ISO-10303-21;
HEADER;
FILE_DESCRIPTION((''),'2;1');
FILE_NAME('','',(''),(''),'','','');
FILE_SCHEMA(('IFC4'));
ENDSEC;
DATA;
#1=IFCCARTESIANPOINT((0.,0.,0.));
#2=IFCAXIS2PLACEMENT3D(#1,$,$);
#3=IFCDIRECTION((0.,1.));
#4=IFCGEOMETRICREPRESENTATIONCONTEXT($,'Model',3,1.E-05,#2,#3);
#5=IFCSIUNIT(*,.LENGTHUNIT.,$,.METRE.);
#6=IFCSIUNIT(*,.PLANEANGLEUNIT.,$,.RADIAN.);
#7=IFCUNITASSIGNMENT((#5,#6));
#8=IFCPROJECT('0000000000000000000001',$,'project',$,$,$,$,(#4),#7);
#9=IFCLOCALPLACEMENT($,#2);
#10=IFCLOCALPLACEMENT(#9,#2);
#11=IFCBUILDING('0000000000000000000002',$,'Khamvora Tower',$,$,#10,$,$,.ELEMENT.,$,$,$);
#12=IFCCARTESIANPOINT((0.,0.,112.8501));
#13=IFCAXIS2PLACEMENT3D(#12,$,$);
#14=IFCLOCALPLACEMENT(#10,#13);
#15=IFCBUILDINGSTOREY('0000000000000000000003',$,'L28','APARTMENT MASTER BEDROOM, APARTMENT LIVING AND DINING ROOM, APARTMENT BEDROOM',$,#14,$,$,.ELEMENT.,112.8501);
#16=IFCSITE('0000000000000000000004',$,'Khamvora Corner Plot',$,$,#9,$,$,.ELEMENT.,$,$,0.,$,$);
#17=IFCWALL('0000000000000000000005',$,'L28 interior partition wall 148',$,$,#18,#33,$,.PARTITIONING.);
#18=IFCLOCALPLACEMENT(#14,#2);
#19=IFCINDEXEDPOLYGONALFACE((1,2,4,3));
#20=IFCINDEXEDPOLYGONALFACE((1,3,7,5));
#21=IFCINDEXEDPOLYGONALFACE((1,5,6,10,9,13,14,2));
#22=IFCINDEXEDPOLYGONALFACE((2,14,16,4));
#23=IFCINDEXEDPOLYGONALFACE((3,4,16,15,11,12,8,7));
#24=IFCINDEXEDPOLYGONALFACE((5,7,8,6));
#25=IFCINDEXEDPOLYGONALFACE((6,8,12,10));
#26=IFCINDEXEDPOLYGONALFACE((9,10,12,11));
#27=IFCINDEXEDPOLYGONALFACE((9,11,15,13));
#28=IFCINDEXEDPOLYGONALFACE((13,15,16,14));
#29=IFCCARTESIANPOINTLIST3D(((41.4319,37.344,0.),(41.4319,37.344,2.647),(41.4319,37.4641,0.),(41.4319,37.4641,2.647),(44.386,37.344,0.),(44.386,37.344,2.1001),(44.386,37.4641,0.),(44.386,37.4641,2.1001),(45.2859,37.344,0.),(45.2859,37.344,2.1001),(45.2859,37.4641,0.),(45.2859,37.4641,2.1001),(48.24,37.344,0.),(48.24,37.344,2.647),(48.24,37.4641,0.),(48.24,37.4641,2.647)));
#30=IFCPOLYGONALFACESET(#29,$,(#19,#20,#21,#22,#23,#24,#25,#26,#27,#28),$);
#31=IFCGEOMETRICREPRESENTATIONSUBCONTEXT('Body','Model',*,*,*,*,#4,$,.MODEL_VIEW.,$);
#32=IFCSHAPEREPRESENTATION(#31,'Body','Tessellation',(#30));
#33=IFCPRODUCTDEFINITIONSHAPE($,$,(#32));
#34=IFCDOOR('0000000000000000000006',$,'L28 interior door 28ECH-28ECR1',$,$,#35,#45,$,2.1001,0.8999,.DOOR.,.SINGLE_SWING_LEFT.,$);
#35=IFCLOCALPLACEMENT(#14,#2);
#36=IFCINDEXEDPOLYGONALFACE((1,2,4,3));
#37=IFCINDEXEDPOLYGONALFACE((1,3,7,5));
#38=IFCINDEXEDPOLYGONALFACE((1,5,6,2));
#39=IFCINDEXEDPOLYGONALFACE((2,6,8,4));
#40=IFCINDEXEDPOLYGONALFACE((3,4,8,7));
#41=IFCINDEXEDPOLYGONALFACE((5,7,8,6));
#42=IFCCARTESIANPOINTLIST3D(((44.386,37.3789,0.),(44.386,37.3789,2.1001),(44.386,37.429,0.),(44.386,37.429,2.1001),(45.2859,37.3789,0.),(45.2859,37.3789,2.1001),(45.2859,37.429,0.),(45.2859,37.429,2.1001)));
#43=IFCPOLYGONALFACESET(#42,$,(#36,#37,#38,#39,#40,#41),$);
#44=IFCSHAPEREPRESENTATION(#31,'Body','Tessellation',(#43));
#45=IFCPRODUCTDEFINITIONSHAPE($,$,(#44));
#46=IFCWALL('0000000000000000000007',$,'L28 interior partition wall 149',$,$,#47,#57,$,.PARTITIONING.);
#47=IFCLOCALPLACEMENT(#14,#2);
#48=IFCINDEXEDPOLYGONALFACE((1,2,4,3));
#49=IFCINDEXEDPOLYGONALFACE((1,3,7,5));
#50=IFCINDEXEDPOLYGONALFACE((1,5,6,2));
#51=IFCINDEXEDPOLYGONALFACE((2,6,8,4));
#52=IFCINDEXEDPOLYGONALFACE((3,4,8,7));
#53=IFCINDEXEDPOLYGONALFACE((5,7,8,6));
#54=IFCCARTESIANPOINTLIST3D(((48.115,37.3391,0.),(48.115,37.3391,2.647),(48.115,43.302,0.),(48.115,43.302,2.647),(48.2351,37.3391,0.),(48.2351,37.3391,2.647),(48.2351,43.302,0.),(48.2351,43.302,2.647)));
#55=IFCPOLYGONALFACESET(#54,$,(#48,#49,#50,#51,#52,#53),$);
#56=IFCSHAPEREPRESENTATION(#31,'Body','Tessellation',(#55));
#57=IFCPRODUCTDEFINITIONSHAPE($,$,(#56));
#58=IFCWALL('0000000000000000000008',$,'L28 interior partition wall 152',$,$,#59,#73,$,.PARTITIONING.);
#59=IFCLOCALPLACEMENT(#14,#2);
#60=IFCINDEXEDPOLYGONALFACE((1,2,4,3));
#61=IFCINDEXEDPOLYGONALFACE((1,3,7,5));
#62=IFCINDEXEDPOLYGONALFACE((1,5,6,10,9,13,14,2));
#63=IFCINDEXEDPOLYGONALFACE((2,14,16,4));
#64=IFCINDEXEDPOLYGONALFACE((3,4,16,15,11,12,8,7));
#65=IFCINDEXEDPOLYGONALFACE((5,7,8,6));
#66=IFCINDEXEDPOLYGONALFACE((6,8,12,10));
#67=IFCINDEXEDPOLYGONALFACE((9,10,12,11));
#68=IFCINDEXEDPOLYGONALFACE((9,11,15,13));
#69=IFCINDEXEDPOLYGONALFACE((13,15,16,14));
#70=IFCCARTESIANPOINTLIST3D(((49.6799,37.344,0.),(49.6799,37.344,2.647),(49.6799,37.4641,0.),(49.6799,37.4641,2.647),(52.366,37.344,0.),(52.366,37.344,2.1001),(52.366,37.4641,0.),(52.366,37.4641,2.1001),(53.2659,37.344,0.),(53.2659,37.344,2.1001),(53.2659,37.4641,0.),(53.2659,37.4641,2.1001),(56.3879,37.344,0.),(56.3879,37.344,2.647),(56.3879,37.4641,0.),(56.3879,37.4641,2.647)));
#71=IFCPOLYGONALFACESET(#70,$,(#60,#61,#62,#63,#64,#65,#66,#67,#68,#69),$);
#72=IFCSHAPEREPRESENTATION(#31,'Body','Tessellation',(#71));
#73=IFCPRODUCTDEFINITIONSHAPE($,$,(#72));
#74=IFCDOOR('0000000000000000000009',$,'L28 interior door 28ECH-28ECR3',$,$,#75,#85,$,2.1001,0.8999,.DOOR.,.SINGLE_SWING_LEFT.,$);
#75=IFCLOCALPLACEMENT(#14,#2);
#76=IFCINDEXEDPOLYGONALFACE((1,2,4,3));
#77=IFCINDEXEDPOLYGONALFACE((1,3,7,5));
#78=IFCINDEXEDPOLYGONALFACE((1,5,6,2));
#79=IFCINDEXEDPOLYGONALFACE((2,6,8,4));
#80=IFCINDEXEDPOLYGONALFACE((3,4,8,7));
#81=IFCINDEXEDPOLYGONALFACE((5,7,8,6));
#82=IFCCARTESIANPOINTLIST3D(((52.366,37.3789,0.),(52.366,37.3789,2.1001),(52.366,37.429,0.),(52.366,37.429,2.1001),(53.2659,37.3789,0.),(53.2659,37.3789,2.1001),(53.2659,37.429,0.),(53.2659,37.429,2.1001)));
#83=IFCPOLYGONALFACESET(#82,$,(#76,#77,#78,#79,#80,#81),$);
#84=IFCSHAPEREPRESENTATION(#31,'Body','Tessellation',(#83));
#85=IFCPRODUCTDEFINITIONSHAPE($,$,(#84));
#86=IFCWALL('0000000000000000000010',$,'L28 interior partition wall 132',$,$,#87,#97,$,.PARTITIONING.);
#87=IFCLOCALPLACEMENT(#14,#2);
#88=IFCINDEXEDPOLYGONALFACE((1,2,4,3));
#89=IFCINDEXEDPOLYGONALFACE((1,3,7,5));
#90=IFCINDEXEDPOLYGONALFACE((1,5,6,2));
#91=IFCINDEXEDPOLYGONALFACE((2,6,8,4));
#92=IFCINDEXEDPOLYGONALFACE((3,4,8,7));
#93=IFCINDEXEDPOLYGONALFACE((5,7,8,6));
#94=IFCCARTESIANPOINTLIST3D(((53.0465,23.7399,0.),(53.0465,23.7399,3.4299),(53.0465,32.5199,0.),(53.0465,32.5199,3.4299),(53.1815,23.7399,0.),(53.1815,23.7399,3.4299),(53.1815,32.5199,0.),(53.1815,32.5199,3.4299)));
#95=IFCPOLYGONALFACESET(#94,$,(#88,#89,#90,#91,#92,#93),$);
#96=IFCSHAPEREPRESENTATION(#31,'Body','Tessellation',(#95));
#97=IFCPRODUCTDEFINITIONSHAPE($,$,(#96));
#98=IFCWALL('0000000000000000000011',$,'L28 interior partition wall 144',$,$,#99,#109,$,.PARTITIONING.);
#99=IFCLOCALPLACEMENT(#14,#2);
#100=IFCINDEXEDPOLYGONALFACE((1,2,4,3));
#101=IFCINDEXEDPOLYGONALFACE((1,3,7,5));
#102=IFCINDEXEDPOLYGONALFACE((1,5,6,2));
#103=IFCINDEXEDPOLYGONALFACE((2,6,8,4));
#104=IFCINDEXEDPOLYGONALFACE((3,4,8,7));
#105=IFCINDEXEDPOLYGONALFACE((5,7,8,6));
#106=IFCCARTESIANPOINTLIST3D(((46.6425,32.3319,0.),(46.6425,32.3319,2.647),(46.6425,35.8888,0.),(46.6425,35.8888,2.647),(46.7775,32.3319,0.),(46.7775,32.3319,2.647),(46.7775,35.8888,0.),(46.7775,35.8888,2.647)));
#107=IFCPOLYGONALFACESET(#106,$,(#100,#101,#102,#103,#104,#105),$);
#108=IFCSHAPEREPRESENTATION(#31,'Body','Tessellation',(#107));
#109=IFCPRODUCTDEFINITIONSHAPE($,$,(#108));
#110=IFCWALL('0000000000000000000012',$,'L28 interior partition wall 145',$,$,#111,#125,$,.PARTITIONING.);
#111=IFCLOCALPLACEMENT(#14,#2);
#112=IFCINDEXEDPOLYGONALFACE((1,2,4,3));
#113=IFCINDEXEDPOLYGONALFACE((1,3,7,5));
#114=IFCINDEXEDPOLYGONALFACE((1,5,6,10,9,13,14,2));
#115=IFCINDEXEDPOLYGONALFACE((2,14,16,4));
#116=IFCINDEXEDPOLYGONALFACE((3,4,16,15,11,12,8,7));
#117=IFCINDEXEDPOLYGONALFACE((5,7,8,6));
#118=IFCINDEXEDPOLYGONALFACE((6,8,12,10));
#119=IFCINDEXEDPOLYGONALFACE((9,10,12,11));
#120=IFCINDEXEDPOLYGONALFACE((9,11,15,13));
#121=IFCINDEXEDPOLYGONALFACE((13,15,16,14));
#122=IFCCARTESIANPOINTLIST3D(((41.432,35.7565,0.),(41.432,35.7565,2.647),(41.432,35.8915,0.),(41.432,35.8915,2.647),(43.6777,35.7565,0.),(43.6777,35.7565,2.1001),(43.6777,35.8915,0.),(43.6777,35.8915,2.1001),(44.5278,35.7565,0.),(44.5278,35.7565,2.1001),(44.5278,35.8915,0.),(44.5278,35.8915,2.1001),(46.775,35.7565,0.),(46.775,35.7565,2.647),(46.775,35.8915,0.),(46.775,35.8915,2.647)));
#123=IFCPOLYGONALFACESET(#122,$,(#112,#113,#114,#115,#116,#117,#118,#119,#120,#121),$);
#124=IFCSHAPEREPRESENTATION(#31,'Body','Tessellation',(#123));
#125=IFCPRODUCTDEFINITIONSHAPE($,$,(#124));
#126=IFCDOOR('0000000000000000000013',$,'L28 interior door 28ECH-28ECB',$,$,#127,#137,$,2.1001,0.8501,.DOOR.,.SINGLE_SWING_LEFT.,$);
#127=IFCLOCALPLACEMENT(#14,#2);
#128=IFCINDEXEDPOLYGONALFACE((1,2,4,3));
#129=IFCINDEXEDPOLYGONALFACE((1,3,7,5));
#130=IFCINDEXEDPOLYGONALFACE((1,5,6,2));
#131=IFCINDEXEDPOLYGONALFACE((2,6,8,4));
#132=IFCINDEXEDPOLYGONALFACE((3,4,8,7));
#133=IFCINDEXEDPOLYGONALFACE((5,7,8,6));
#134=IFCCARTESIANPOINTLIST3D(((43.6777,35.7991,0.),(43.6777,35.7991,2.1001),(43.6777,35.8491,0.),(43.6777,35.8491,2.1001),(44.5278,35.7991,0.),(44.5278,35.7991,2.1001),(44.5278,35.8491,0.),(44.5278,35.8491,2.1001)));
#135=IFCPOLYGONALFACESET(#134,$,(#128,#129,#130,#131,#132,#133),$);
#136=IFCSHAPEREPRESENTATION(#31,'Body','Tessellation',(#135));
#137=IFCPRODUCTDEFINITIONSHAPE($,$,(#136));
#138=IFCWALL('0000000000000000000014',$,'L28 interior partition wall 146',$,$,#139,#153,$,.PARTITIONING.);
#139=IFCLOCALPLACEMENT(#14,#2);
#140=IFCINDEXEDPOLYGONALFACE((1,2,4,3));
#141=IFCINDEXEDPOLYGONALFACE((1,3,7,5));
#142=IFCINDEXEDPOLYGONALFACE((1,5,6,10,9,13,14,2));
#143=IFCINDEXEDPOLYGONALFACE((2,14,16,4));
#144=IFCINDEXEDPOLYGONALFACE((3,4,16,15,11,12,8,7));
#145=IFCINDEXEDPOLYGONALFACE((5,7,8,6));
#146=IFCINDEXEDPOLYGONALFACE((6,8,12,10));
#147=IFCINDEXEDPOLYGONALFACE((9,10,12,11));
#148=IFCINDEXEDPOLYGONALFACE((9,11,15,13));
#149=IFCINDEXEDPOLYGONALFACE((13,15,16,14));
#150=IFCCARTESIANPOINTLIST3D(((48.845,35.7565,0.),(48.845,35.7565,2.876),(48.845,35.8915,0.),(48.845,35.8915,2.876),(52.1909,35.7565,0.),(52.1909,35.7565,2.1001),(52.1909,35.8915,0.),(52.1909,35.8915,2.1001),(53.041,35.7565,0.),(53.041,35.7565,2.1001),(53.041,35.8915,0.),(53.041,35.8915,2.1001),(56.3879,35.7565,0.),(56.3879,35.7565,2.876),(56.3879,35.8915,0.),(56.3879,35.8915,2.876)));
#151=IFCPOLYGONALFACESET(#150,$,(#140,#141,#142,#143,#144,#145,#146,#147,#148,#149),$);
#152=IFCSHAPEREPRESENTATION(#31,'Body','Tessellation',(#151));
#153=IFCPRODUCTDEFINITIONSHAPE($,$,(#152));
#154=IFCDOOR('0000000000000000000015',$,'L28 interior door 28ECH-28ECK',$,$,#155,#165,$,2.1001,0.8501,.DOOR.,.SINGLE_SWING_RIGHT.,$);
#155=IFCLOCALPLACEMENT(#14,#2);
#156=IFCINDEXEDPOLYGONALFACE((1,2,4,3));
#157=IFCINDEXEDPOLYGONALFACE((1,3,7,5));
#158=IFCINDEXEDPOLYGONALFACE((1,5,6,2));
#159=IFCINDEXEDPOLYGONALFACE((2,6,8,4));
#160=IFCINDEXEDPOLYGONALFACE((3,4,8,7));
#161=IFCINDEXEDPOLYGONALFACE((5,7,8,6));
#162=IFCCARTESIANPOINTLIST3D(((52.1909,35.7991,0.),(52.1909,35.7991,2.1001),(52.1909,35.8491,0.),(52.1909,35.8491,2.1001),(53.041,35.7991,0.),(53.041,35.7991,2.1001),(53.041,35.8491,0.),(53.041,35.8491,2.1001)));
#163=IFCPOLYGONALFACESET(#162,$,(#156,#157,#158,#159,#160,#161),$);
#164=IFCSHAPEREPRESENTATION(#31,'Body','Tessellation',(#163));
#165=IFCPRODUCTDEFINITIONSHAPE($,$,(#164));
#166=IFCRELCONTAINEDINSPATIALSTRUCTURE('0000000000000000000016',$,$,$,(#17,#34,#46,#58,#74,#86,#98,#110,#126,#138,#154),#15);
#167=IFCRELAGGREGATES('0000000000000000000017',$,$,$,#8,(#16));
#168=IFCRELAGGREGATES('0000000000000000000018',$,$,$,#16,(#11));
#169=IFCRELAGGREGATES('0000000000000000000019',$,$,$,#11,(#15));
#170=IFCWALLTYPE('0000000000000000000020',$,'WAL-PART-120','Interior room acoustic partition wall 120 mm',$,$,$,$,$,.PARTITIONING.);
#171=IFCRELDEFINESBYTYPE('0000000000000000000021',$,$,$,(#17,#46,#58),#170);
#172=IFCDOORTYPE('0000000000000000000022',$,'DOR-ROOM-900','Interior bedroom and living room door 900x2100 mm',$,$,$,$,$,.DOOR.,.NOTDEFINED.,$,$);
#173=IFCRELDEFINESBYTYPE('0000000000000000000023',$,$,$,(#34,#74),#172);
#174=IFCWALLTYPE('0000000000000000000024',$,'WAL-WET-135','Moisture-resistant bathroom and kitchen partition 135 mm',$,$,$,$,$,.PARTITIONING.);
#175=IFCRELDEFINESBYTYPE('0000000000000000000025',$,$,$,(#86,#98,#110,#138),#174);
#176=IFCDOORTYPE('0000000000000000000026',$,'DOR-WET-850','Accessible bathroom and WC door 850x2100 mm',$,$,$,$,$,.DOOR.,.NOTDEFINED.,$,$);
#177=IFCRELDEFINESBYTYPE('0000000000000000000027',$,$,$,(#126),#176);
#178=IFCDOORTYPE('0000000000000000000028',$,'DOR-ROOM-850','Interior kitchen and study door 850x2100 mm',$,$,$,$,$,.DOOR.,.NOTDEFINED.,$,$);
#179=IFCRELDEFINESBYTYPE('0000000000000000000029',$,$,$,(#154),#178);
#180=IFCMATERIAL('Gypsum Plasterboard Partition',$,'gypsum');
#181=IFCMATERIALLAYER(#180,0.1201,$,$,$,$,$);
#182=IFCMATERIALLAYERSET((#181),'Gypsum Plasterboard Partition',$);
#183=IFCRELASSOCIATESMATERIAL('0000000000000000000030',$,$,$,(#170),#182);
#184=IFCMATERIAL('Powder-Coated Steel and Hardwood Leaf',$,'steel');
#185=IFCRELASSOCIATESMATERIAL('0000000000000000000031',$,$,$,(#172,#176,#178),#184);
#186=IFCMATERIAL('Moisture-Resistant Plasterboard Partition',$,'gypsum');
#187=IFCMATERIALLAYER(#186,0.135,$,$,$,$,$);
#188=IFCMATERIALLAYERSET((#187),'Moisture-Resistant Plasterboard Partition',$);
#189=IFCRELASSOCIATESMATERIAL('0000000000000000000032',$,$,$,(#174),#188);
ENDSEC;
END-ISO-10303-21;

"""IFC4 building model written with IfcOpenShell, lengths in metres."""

from ifc_helpers import new_model, si_unit, direction, frame, frame_2d, origin, place, context, subcontext, project, spatial, rectangle, extrude, material, layer, layer_set, type_object, element, fill, save


model = new_model("IFC4")

# Units and contexts
model_context = context("Model", 3, precision=1e-05, world=origin(), true_north=direction((0.0, 1.0)))
body_context = subcontext(model_context, "Body", "Model", "MODEL_VIEW")
ifc_project = project(units=[si_unit("LENGTHUNIT", "METRE"), si_unit("PLANEANGLEUNIT", "RADIAN")], contexts=[model_context])

# Site, building, storey
site_placement = place(None, origin())
site = spatial("IfcSite", under=ifc_project, at=site_placement, Name="Khamvora Corner Plot", CompositionType="ELEMENT", RefElevation=0.0)
building_placement = place(site_placement, origin())
building = spatial("IfcBuilding", under=site, at=building_placement, Name="Khamvora Tower", CompositionType="ELEMENT")
storey_placement = place(building_placement, frame((0.0, 0.0, 112.8501)))
storey = spatial("IfcBuildingStorey", under=building, at=storey_placement, Name="L28", Description="APARTMENT MASTER BEDROOM, APARTMENT LIVING AND DINING ROOM, APARTMENT BEDROOM", CompositionType="ELEMENT", Elevation=112.8501)

# Shared definitions
ifc_material_1 = material(Name="Powder-Coated Steel and Hardwood Leaf", Category="steel")

# Wall, opening, door
ifc_material_2 = material(Name="Gypsum Plasterboard Partition", Category="gypsum")
ifc_layer_1 = layer(ifc_material_2, 0.1201)
ifc_layer_set_1 = layer_set([ifc_layer_1], Name="Gypsum Plasterboard Partition")
wall_type_1 = type_object("IfcWallType", Name="WAL-PART-120", Description="Interior room acoustic partition wall 120 mm", PredefinedType="PARTITIONING", material=ifc_layer_set_1)
wall_1_placement = place(storey_placement, frame((41.4319, 37.4041, 0.0), z_axis=(0.0, 0.0, 1.0), x_axis=(1.0, 0.0, 0.0)))
wall_1 = element("IfcWall", 1, at=wall_1_placement, inside=storey, type_object=wall_type_1, Name="L28 interior partition wall 148", PredefinedType="PARTITIONING", context=body_context, shape_type="SweptSolid", body=[
    extrude(rectangle(XDim=6.8081, YDim=0.1201, at=frame_2d((3.4041, 0.0))), origin(), (0.0, 0.0, 1.0), 2.647),
])
opening_1_placement = place(wall_1_placement, frame((2.9541, 0.0, 0.0)))
opening_1 = element("IfcOpeningElement", 2, at=opening_1_placement, cuts=wall_1, PredefinedType="OPENING", context=body_context, shape_type="SweptSolid", body=[
    extrude(rectangle(XDim=0.8999, YDim=2.1001, at=frame_2d((0.45, 1.05))), frame((0.0, 0.0701, 0.0), z_axis=(0.0, -1.0, 0.0), x_axis=(1.0, 0.0, 0.0)), (0.0, 0.0, 1.0), 0.1401),
])
door_type_1 = type_object("IfcDoorType", Name="DOR-ROOM-900", Description="Interior bedroom and living room door 900x2100 mm", OperationType="NOTDEFINED", PredefinedType="DOOR", material=ifc_material_1)
door_1_placement = place(opening_1_placement, origin())
door_1 = element("IfcDoor", 3, at=door_1_placement, inside=storey, type_object=door_type_1, Name="L28 interior door 28ECH-28ECR1", OperationType="SINGLE_SWING_LEFT", OverallHeight=2.1001, OverallWidth=0.8999, PredefinedType="DOOR", context=body_context, shape_type="SweptSolid", body=[
    extrude(rectangle(XDim=0.8999, YDim=2.1001, at=frame_2d((0.45, 1.05))), frame((0.0, 0.0249, 0.0), z_axis=(0.0, -1.0, 0.0), x_axis=(1.0, 0.0, 0.0)), (0.0, 0.0, 1.0), 0.05),
])
fill(opening_1, door_1)

# Wall
wall_2_placement = place(storey_placement, frame((48.175, 37.3391, 0.0), z_axis=(0.0, 0.0, 1.0), x_axis=(0.0, 1.0, 0.0)))
element("IfcWall", 4, at=wall_2_placement, inside=storey, type_object=wall_type_1, Name="L28 interior partition wall 149", PredefinedType="PARTITIONING", context=body_context, shape_type="SweptSolid", body=[
    extrude(rectangle(XDim=5.9629, YDim=0.1201, at=frame_2d((2.9814, 0.0))), origin(), (0.0, 0.0, 1.0), 2.647),
])

# Wall, opening, door
wall_3_placement = place(storey_placement, frame((49.6799, 37.4041, 0.0), z_axis=(0.0, 0.0, 1.0), x_axis=(1.0, 0.0, 0.0)))
wall_3 = element("IfcWall", 5, at=wall_3_placement, inside=storey, type_object=wall_type_1, Name="L28 interior partition wall 152", PredefinedType="PARTITIONING", context=body_context, shape_type="SweptSolid", body=[
    extrude(rectangle(XDim=6.708, YDim=0.1201, at=frame_2d((3.354, 0.0))), origin(), (0.0, 0.0, 1.0), 2.647),
])
opening_2_placement = place(wall_3_placement, frame((2.686, 0.0, 0.0)))
opening_2 = element("IfcOpeningElement", 6, at=opening_2_placement, cuts=wall_3, PredefinedType="OPENING", context=body_context, shape_type="SweptSolid", body=[
    extrude(rectangle(XDim=0.8999, YDim=2.1001, at=frame_2d((0.45, 1.05))), frame((0.0, 0.0701, 0.0), z_axis=(0.0, -1.0, 0.0), x_axis=(1.0, 0.0, 0.0)), (0.0, 0.0, 1.0), 0.1401),
])
door_2_placement = place(opening_2_placement, origin())
door_2 = element("IfcDoor", 7, at=door_2_placement, inside=storey, type_object=door_type_1, Name="L28 interior door 28ECH-28ECR3", OperationType="SINGLE_SWING_LEFT", OverallHeight=2.1001, OverallWidth=0.8999, PredefinedType="DOOR", context=body_context, shape_type="SweptSolid", body=[
    extrude(rectangle(XDim=0.8999, YDim=2.1001, at=frame_2d((0.45, 1.05))), frame((0.0, 0.0249, 0.0), z_axis=(0.0, -1.0, 0.0), x_axis=(1.0, 0.0, 0.0)), (0.0, 0.0, 1.0), 0.05),
])
fill(opening_2, door_2)

# Walls
ifc_material_3 = material(Name="Moisture-Resistant Plasterboard Partition", Category="gypsum")
ifc_layer_2 = layer(ifc_material_3, 0.135)
ifc_layer_set_2 = layer_set([ifc_layer_2], Name="Moisture-Resistant Plasterboard Partition")
wall_type_2 = type_object("IfcWallType", Name="WAL-WET-135", Description="Moisture-resistant bathroom and kitchen partition 135 mm", PredefinedType="PARTITIONING", material=ifc_layer_set_2)
wall_4_placement = place(storey_placement, frame((53.114, 32.52, 0.0), z_axis=(0.0, 0.0, 1.0), x_axis=(0.0, -1.0, 0.0)))
element("IfcWall", 8, at=wall_4_placement, inside=storey, type_object=wall_type_2, Name="L28 interior partition wall 132", PredefinedType="PARTITIONING", context=body_context, shape_type="SweptSolid", body=[
    extrude(rectangle(XDim=8.78, YDim=0.135, at=frame_2d((4.3901, 0.0))), origin(), (0.0, 0.0, 1.0), 3.4299),
])
wall_5_placement = place(storey_placement, frame((46.71, 32.332, 0.0), z_axis=(0.0, 0.0, 1.0), x_axis=(0.0, 1.0, 0.0)))
element("IfcWall", 9, at=wall_5_placement, inside=storey, type_object=wall_type_2, Name="L28 interior partition wall 144", PredefinedType="PARTITIONING", context=body_context, shape_type="SweptSolid", body=[
    extrude(rectangle(XDim=3.5569, YDim=0.135, at=frame_2d((1.7783, 0.0))), origin(), (0.0, 0.0, 1.0), 2.647),
])

# Walls, openings, doors
wall_6_placement = place(storey_placement, frame((46.7749, 35.824, 0.0), z_axis=(0.0, 0.0, 1.0), x_axis=(-1.0, 0.0, 0.0)))
wall_6 = element("IfcWall", 10, at=wall_6_placement, inside=storey, type_object=wall_type_2, Name="L28 interior partition wall 145", PredefinedType="PARTITIONING", context=body_context, shape_type="SweptSolid", body=[
    extrude(rectangle(XDim=5.343, YDim=0.135, at=frame_2d((2.6714, 0.0))), origin(), (0.0, 0.0, 1.0), 2.647),
])
opening_3_placement = place(wall_6_placement, frame((2.2471, 0.0, 0.0)))
opening_3 = element("IfcOpeningElement", 11, at=opening_3_placement, cuts=wall_6, PredefinedType="OPENING", context=body_context, shape_type="SweptSolid", body=[
    extrude(rectangle(XDim=0.8501, YDim=2.1001, at=frame_2d((0.425, 1.05))), frame((0.0, 0.0774, 0.0), z_axis=(0.0, -1.0, 0.0), x_axis=(1.0, 0.0, 0.0)), (0.0, 0.0, 1.0), 0.155),
])
door_type_2 = type_object("IfcDoorType", Name="DOR-WET-850", Description="Accessible bathroom and WC door 850x2100 mm", OperationType="NOTDEFINED", PredefinedType="DOOR", material=ifc_material_1)
door_3_placement = place(opening_3_placement, origin())
door_3 = element("IfcDoor", 12, at=door_3_placement, inside=storey, type_object=door_type_2, Name="L28 interior door 28ECH-28ECB", OperationType="SINGLE_SWING_LEFT", OverallHeight=2.1001, OverallWidth=0.8501, PredefinedType="DOOR", context=body_context, shape_type="SweptSolid", body=[
    extrude(rectangle(XDim=0.8501, YDim=2.1001, at=frame_2d((0.425, 1.05))), frame((0.0, 0.0249, 0.0), z_axis=(0.0, -1.0, 0.0), x_axis=(1.0, 0.0, 0.0)), (0.0, 0.0, 1.0), 0.05),
])
fill(opening_3, door_3)
wall_7_placement = place(storey_placement, frame((56.3879, 35.824, 0.0), z_axis=(0.0, 0.0, 1.0), x_axis=(-1.0, 0.0, 0.0)))
wall_7 = element("IfcWall", 13, at=wall_7_placement, inside=storey, type_object=wall_type_2, Name="L28 interior partition wall 146", PredefinedType="PARTITIONING", context=body_context, shape_type="SweptSolid", body=[
    extrude(rectangle(XDim=7.543, YDim=0.135, at=frame_2d((3.7715, 0.0))), origin(), (0.0, 0.0, 1.0), 2.876),
])
opening_4_placement = place(wall_7_placement, frame((3.3469, 0.0, 0.0)))
opening_4 = element("IfcOpeningElement", 14, at=opening_4_placement, cuts=wall_7, PredefinedType="OPENING", context=body_context, shape_type="SweptSolid", body=[
    extrude(rectangle(XDim=0.8501, YDim=2.1001, at=frame_2d((0.425, 1.05))), frame((0.0, 0.0774, 0.0), z_axis=(0.0, -1.0, 0.0), x_axis=(1.0, 0.0, 0.0)), (0.0, 0.0, 1.0), 0.155),
])
door_type_3 = type_object("IfcDoorType", Name="DOR-ROOM-850", Description="Interior kitchen and study door 850x2100 mm", OperationType="NOTDEFINED", PredefinedType="DOOR", material=ifc_material_1)
door_4_placement = place(opening_4_placement, origin())
door_4 = element("IfcDoor", 15, at=door_4_placement, inside=storey, type_object=door_type_3, Name="L28 interior door 28ECH-28ECK", OperationType="SINGLE_SWING_RIGHT", OverallHeight=2.1001, OverallWidth=0.8501, PredefinedType="DOOR", context=body_context, shape_type="SweptSolid", body=[
    extrude(rectangle(XDim=0.8501, YDim=2.1001, at=frame_2d((0.425, 1.05))), frame((0.0, 0.0249, 0.0), z_axis=(0.0, -1.0, 0.0), x_axis=(1.0, 0.0, 0.0)), (0.0, 0.0, 1.0), 0.05),
])
fill(opening_4, door_4)

save(model, "model.ifc")
